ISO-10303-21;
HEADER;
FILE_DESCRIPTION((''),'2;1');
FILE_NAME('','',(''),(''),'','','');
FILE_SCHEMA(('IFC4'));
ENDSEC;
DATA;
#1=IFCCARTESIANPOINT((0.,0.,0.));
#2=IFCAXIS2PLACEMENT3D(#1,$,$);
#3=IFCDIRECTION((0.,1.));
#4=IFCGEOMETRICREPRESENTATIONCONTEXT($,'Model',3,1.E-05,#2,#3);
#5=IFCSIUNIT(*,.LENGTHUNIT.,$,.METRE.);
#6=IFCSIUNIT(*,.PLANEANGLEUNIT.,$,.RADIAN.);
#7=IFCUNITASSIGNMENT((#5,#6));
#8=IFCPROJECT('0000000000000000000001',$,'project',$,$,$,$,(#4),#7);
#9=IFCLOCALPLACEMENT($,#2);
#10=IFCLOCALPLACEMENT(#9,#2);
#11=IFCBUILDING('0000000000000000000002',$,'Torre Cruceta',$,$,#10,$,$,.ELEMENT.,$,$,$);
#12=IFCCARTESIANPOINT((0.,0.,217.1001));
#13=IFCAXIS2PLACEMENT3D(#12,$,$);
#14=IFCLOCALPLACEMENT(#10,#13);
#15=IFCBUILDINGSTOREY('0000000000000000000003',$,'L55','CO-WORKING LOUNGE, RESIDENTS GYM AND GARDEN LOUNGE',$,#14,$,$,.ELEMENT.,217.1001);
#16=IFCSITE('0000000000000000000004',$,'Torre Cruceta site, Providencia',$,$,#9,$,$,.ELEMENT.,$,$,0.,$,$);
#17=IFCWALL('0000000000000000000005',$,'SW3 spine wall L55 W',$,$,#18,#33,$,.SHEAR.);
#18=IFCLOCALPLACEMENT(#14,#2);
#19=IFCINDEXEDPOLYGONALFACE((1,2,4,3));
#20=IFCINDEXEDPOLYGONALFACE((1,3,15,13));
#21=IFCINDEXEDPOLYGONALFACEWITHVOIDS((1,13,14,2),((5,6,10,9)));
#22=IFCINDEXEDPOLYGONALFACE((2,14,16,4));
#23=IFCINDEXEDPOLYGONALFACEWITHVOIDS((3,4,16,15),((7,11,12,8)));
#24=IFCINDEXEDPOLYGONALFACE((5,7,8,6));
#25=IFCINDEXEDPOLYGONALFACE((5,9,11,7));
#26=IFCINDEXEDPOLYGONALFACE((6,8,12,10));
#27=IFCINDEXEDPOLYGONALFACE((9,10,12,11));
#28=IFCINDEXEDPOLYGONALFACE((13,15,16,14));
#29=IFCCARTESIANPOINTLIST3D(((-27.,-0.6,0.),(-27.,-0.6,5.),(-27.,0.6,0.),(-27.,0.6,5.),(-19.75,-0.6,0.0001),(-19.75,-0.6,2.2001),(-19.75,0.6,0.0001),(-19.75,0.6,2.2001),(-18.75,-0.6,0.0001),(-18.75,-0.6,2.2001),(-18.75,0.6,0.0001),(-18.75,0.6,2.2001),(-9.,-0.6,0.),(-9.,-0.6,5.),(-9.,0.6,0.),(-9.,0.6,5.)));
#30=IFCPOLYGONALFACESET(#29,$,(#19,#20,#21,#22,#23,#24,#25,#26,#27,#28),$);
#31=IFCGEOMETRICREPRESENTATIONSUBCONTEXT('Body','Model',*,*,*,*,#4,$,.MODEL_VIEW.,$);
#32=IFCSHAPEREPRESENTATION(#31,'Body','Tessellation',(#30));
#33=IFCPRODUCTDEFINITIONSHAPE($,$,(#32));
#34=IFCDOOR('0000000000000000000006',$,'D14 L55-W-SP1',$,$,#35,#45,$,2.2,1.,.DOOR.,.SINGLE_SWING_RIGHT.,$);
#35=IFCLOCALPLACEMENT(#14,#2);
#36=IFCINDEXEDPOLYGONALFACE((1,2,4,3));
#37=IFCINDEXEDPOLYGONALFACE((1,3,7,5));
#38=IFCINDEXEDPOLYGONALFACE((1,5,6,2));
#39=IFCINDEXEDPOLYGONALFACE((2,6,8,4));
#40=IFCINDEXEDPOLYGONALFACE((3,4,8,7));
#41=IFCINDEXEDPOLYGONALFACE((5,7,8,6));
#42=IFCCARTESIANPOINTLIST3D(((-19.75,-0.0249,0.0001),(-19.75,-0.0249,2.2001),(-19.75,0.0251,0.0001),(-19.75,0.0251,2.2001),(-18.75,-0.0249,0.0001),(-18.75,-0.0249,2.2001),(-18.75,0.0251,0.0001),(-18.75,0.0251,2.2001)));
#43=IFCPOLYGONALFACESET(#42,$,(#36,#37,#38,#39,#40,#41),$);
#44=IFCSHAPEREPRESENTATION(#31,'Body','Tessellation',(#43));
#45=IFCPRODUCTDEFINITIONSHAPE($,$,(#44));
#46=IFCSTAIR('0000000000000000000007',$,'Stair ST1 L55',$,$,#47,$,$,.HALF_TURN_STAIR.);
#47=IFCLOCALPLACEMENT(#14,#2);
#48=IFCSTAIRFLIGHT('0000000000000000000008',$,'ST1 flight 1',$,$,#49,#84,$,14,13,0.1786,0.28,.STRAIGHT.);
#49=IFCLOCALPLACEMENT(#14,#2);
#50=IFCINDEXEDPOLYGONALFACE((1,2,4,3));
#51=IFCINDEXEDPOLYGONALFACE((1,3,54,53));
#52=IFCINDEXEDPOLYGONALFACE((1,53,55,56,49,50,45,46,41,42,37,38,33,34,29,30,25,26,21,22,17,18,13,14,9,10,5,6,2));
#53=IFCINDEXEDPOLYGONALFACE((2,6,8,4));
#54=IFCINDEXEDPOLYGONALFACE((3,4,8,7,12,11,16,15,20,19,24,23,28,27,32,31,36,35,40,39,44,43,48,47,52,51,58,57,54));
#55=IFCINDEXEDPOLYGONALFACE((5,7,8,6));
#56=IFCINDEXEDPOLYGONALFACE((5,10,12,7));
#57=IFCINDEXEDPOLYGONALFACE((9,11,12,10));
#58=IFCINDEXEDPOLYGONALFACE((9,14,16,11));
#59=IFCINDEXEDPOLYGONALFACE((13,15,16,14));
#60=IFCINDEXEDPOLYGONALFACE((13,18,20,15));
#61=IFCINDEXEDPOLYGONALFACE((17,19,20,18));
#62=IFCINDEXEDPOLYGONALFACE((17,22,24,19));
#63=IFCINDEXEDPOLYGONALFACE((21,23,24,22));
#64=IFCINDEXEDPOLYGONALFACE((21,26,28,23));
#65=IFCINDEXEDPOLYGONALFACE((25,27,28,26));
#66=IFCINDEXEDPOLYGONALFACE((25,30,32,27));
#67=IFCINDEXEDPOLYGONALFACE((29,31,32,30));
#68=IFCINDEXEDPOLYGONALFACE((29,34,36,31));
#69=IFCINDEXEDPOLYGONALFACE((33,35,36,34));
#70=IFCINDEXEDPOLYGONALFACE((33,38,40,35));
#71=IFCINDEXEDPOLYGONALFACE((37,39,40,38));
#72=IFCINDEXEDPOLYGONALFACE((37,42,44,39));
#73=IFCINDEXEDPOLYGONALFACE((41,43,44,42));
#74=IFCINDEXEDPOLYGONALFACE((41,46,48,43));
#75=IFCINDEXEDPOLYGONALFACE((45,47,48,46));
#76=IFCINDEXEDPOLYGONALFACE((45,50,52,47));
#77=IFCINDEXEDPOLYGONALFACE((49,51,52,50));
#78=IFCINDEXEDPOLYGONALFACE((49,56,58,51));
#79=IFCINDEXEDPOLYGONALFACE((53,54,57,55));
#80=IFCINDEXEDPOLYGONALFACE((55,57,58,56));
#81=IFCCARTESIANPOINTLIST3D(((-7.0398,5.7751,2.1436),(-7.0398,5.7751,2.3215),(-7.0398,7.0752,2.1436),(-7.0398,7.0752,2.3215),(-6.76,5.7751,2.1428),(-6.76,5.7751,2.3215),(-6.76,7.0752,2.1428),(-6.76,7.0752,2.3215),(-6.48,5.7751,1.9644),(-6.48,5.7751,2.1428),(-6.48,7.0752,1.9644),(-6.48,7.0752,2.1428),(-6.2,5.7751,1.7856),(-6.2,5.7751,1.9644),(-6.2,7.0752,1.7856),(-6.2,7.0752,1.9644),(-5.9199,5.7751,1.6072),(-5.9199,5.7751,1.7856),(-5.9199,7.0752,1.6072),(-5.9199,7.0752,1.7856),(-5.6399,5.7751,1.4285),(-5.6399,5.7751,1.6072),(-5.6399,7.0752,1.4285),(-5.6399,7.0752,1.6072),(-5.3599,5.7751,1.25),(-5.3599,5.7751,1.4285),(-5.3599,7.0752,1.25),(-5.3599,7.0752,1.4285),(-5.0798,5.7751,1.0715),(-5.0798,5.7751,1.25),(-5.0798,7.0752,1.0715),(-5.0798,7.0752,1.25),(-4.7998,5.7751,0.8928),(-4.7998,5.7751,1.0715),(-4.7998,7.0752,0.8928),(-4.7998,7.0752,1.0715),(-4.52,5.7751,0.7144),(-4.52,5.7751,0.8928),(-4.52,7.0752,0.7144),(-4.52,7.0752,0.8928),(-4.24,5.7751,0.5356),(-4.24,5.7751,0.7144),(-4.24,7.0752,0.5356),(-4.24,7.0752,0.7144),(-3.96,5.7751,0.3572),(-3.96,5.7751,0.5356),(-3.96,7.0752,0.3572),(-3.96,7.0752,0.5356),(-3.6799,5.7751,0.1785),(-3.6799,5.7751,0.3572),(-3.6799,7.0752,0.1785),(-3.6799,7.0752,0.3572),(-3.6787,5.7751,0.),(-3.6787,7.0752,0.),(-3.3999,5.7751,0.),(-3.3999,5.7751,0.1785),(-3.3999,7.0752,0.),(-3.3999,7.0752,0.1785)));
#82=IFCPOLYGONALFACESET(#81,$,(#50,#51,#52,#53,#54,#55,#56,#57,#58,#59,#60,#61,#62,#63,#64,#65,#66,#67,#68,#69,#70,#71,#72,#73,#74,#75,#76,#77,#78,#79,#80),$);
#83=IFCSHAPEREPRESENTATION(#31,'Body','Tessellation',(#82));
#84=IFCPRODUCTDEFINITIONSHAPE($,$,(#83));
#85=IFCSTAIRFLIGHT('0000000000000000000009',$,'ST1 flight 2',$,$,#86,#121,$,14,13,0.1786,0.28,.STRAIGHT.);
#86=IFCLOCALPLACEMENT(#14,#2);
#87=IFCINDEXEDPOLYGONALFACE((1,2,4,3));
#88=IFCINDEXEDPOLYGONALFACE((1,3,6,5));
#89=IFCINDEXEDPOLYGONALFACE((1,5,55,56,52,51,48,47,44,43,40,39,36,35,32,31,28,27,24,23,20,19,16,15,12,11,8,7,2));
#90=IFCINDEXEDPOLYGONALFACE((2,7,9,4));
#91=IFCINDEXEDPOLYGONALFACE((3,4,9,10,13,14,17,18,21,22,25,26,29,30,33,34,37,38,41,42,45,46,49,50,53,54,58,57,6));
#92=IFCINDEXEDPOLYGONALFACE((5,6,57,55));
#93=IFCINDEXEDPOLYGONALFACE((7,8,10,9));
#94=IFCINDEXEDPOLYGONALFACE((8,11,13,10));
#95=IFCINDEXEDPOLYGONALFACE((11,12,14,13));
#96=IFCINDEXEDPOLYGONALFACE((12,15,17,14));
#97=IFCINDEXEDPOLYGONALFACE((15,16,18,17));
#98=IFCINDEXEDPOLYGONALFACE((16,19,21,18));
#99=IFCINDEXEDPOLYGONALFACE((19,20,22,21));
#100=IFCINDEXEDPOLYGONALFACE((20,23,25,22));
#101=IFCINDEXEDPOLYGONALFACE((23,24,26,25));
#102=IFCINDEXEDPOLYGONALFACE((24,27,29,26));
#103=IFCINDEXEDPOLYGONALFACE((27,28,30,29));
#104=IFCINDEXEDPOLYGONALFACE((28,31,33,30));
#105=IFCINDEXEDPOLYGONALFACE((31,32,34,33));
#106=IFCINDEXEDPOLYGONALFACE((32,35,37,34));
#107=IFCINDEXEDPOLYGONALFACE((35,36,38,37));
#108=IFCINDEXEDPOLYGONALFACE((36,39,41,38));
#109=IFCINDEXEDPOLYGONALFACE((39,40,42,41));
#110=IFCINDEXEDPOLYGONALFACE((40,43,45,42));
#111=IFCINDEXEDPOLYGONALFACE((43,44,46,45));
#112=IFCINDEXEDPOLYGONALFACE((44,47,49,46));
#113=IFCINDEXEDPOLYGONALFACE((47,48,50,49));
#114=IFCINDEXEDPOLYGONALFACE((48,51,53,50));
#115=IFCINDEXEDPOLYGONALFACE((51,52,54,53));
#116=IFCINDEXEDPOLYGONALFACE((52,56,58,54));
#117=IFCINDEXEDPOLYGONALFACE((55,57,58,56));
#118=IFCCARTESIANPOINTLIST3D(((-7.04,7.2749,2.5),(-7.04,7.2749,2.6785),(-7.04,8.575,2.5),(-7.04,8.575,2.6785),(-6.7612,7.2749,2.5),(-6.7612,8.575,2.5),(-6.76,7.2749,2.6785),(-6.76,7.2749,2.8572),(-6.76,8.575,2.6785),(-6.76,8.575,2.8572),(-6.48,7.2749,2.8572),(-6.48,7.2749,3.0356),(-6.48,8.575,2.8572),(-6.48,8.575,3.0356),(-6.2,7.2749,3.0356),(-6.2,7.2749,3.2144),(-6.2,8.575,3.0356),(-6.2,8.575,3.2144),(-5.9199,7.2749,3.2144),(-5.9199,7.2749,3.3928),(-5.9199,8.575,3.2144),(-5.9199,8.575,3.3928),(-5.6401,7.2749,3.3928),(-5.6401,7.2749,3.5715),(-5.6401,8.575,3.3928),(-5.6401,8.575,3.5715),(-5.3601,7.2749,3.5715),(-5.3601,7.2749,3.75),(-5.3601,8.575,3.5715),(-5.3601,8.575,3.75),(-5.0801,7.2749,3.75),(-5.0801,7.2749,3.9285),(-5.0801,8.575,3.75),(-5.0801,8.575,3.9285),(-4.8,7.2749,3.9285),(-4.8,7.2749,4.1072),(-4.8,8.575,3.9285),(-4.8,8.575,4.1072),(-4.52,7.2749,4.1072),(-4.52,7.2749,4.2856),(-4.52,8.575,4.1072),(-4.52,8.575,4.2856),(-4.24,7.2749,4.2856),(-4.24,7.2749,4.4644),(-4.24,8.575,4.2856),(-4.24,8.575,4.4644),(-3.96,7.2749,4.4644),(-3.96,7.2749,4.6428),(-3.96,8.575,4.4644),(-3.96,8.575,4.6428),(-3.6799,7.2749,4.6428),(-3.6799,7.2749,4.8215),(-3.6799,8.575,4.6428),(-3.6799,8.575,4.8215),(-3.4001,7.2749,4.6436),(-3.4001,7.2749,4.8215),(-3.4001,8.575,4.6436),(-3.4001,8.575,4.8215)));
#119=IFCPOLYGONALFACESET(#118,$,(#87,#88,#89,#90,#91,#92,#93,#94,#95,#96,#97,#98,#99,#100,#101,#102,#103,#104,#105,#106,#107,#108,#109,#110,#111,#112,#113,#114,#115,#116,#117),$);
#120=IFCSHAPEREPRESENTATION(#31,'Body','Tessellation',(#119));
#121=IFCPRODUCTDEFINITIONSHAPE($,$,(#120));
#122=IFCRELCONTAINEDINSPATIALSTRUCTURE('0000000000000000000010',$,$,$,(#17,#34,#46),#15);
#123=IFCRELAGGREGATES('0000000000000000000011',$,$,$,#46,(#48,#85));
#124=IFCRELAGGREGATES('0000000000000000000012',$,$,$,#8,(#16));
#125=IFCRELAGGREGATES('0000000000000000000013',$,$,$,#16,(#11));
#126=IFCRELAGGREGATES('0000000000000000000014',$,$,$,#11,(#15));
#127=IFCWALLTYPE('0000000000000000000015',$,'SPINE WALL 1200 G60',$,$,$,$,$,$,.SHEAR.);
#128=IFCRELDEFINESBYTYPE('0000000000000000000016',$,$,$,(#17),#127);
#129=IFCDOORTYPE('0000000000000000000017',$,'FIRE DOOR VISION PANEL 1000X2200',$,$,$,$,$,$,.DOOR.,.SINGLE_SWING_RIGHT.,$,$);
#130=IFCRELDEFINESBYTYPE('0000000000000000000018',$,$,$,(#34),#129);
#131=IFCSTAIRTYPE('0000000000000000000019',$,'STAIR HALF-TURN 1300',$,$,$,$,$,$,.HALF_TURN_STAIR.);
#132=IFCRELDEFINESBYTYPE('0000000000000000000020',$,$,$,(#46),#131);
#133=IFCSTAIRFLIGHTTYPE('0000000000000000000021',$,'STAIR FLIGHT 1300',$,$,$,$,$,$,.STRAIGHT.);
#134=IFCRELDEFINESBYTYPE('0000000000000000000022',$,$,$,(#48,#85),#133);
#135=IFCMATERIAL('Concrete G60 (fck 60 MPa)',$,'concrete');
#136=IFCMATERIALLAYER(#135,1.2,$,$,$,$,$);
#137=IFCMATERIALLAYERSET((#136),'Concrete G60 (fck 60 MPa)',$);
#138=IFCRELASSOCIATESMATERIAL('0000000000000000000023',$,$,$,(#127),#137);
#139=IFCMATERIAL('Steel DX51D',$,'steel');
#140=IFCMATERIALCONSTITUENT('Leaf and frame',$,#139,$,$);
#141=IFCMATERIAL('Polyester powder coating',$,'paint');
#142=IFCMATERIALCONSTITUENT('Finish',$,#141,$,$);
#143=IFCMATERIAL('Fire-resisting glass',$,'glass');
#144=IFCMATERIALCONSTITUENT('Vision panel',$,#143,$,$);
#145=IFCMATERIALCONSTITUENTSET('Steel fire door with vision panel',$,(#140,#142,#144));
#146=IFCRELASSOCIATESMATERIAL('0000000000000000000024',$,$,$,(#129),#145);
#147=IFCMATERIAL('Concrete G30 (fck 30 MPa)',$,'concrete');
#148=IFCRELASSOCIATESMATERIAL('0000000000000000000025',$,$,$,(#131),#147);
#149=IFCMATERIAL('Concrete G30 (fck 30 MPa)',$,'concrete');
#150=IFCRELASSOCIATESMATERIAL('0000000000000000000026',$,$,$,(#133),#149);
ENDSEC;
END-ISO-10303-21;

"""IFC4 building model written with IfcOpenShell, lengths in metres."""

from ifc_helpers import new_model, si_unit, direction, frame, frame_2d, origin, place, context, subcontext, project, spatial, polyline, rectangle, outline, extrude, material, layer, layer_set, constituent, constituent_set, type_object, element, fill, aggregate, save


model = new_model("IFC4")

# Units and contexts
model_context = context("Model", 3, precision=1e-05, world=origin(), true_north=direction((0.0, 1.0)))
body_context = subcontext(model_context, "Body", "Model", "MODEL_VIEW")
ifc_project = project(units=[si_unit("LENGTHUNIT", "METRE"), si_unit("PLANEANGLEUNIT", "RADIAN")], contexts=[model_context])

# Site, building, storey
site_placement = place(None, origin())
site = spatial("IfcSite", under=ifc_project, at=site_placement, Name="Torre Cruceta site, Providencia", CompositionType="ELEMENT", RefElevation=0.0)
building_placement = place(site_placement, origin())
building = spatial("IfcBuilding", under=site, at=building_placement, Name="Torre Cruceta", CompositionType="ELEMENT")
storey_placement = place(building_placement, frame((0.0, 0.0, 217.1001)))
storey = spatial("IfcBuildingStorey", under=building, at=storey_placement, Name="L55", Description="CO-WORKING LOUNGE, RESIDENTS GYM AND GARDEN LOUNGE", CompositionType="ELEMENT", Elevation=217.1001)

# Wall, opening, door
ifc_material_1 = material(Name="Concrete G60 (fck 60 MPa)", Category="concrete")
ifc_layer_1 = layer(ifc_material_1, 1.2)
ifc_layer_set_1 = layer_set([ifc_layer_1], Name="Concrete G60 (fck 60 MPa)")
wall_type_1 = type_object("IfcWallType", Name="SPINE WALL 1200 G60", PredefinedType="SHEAR", material=ifc_layer_set_1)
wall_1_placement = place(storey_placement, frame((-9.0, 0.0, 0.0), z_axis=(0.0, 0.0, 1.0), x_axis=(-1.0, 0.0, 0.0)))
wall_1 = element("IfcWall", 1, at=wall_1_placement, inside=storey, type_object=wall_type_1, Name="SW3 spine wall L55 W", PredefinedType="SHEAR", context=body_context, shape_type="SweptSolid", body=[
    extrude(rectangle(XDim=18.0, YDim=1.2, at=frame_2d((9.0, 0.0))), origin(), (0.0, 0.0, 1.0), 5.0),
])
opening_1_placement = place(wall_1_placement, frame((9.75, 0.0, 0.0)))
opening_1 = element("IfcOpeningElement", 2, at=opening_1_placement, cuts=wall_1, PredefinedType="OPENING", context=body_context, shape_type="SweptSolid", body=[
    extrude(rectangle(XDim=1.0, YDim=2.2, at=frame_2d((0.5, 1.1001))), frame((0.0, 0.6099, 0.0), z_axis=(0.0, -1.0, 0.0), x_axis=(1.0, 0.0, 0.0)), (0.0, 0.0, 1.0), 1.22),
])
ifc_material_2 = material(Name="Steel DX51D", Category="steel")
ifc_constituent_1 = constituent(ifc_material_2, Name="Leaf and frame")
ifc_material_3 = material(Name="Polyester powder coating", Category="paint")
ifc_constituent_2 = constituent(ifc_material_3, Name="Finish")
ifc_material_4 = material(Name="Fire-resisting glass", Category="glass")
ifc_constituent_3 = constituent(ifc_material_4, Name="Vision panel")
ifc_constituent_set_1 = constituent_set(constituents=[ifc_constituent_1, ifc_constituent_2, ifc_constituent_3], Name="Steel fire door with vision panel")
door_type_1 = type_object("IfcDoorType", Name="FIRE DOOR VISION PANEL 1000X2200", OperationType="SINGLE_SWING_RIGHT", PredefinedType="DOOR", material=ifc_constituent_set_1)
door_1_placement = place(opening_1_placement, frame((1.0, 0.0, 0.0), z_axis=(0.0, 0.0, 1.0), x_axis=(-1.0, 0.0, 0.0)))
door_1 = element("IfcDoor", 3, at=door_1_placement, inside=storey, type_object=door_type_1, Name="D14 L55-W-SP1", OperationType="SINGLE_SWING_RIGHT", OverallHeight=2.2, OverallWidth=1.0, PredefinedType="DOOR", context=body_context, shape_type="SweptSolid", body=[
    extrude(rectangle(XDim=1.0, YDim=2.2, at=frame_2d((0.5, 1.1001))), frame((0.0, 0.0251, 0.0), z_axis=(0.0, -1.0, 0.0), x_axis=(1.0, 0.0, 0.0)), (0.0, 0.0, 1.0), 0.05),
])
fill(opening_1, door_1)

# Stair, stair flights
ifc_material_5 = material(Name="Concrete G30 (fck 30 MPa)", Category="concrete")
stair_type = type_object("IfcStairType", Name="STAIR HALF-TURN 1300", PredefinedType="HALF_TURN_STAIR", material=ifc_material_5)
stair_placement = place(storey_placement, origin())
stair = element("IfcStair", 4, at=stair_placement, inside=storey, type_object=stair_type, Name="Stair ST1 L55", PredefinedType="HALF_TURN_STAIR")
ifc_material_6 = material(Name="Concrete G30 (fck 30 MPa)", Category="concrete")
stair_flight_type = type_object("IfcStairFlightType", Name="STAIR FLIGHT 1300", PredefinedType="STRAIGHT", material=ifc_material_6)
stair_flight_1_placement = place(storey_placement, frame((-3.3999, 6.425, 0.0), z_axis=(0.0, 0.0, 1.0), x_axis=(-1.0, 0.0, 0.0)))
stair_flight_1 = element("IfcStairFlight", 5, at=stair_flight_1_placement, type_object=stair_flight_type, Name="ST1 flight 1", NumberOfRisers=14, NumberOfTreads=13, PredefinedType="STRAIGHT", RiserHeight=0.1786, TreadLength=0.28, context=body_context, shape_type="SweptSolid", body=[
    extrude(outline(polyline([(0.0, 0.0), (0.0, 0.1785), (0.28, 0.1785), (0.28, 0.3572), (0.5601, 0.3572), (0.5601, 0.5356), (0.8401, 0.5356), (0.8401, 0.7144), (1.1201, 0.7144), (1.1201, 0.8928), (1.3999, 0.8928), (1.3999, 1.0715), (1.6799, 1.0715), (1.6799, 1.25), (1.96, 1.25), (1.96, 1.4285), (2.24, 1.4285), (2.24, 1.6072), (2.52, 1.6072), (2.52, 1.7856), (2.8, 1.7856), (2.8, 1.9644), (3.0801, 1.9644), (3.0801, 2.1428), (3.3601, 2.1428), (3.3601, 2.3215), (3.6399, 2.3215), (3.6399, 2.5), (3.6399, 2.1436), (0.2788, 0.0), (0.0, 0.0)])), frame((0.0, 0.6499, 0.0), z_axis=(0.0, -1.0, 0.0), x_axis=(1.0, 0.0, 0.0)), (0.0, 0.0, 1.0), 1.3),
])
stair_flight_2_placement = place(storey_placement, frame((-7.04, 7.925, 2.5), z_axis=(0.0, 0.0, 1.0), x_axis=(1.0, 0.0, 0.0)))
stair_flight_2 = element("IfcStairFlight", 6, at=stair_flight_2_placement, type_object=stair_flight_type, Name="ST1 flight 2", NumberOfRisers=14, NumberOfTreads=13, PredefinedType="STRAIGHT", RiserHeight=0.1786, TreadLength=0.28, context=body_context, shape_type="SweptSolid", body=[
    extrude(outline(polyline([(0.0, 0.0), (0.0, 0.1785), (0.28, 0.1785), (0.28, 0.3572), (0.5601, 0.3572), (0.5601, 0.5356), (0.8401, 0.5356), (0.8401, 0.7144), (1.1201, 0.7144), (1.1201, 0.8928), (1.3999, 0.8928), (1.3999, 1.0715), (1.6799, 1.0715), (1.6799, 1.25), (1.96, 1.25), (1.96, 1.4285), (2.24, 1.4285), (2.24, 1.6072), (2.52, 1.6072), (2.52, 1.7856), (2.8, 1.7856), (2.8, 1.9644), (3.0801, 1.9644), (3.0801, 2.1428), (3.3601, 2.1428), (3.3601, 2.3215), (3.6399, 2.3215), (3.6399, 2.5), (3.6399, 2.1436), (0.2788, 0.0), (0.0, 0.0)])), frame((0.0, 0.6499, 0.0), z_axis=(0.0, -1.0, 0.0), x_axis=(1.0, 0.0, 0.0)), (0.0, 0.0, 1.0), 1.3),
])
aggregate(stair, [stair_flight_1, stair_flight_2])

save(model, "model.ifc")
